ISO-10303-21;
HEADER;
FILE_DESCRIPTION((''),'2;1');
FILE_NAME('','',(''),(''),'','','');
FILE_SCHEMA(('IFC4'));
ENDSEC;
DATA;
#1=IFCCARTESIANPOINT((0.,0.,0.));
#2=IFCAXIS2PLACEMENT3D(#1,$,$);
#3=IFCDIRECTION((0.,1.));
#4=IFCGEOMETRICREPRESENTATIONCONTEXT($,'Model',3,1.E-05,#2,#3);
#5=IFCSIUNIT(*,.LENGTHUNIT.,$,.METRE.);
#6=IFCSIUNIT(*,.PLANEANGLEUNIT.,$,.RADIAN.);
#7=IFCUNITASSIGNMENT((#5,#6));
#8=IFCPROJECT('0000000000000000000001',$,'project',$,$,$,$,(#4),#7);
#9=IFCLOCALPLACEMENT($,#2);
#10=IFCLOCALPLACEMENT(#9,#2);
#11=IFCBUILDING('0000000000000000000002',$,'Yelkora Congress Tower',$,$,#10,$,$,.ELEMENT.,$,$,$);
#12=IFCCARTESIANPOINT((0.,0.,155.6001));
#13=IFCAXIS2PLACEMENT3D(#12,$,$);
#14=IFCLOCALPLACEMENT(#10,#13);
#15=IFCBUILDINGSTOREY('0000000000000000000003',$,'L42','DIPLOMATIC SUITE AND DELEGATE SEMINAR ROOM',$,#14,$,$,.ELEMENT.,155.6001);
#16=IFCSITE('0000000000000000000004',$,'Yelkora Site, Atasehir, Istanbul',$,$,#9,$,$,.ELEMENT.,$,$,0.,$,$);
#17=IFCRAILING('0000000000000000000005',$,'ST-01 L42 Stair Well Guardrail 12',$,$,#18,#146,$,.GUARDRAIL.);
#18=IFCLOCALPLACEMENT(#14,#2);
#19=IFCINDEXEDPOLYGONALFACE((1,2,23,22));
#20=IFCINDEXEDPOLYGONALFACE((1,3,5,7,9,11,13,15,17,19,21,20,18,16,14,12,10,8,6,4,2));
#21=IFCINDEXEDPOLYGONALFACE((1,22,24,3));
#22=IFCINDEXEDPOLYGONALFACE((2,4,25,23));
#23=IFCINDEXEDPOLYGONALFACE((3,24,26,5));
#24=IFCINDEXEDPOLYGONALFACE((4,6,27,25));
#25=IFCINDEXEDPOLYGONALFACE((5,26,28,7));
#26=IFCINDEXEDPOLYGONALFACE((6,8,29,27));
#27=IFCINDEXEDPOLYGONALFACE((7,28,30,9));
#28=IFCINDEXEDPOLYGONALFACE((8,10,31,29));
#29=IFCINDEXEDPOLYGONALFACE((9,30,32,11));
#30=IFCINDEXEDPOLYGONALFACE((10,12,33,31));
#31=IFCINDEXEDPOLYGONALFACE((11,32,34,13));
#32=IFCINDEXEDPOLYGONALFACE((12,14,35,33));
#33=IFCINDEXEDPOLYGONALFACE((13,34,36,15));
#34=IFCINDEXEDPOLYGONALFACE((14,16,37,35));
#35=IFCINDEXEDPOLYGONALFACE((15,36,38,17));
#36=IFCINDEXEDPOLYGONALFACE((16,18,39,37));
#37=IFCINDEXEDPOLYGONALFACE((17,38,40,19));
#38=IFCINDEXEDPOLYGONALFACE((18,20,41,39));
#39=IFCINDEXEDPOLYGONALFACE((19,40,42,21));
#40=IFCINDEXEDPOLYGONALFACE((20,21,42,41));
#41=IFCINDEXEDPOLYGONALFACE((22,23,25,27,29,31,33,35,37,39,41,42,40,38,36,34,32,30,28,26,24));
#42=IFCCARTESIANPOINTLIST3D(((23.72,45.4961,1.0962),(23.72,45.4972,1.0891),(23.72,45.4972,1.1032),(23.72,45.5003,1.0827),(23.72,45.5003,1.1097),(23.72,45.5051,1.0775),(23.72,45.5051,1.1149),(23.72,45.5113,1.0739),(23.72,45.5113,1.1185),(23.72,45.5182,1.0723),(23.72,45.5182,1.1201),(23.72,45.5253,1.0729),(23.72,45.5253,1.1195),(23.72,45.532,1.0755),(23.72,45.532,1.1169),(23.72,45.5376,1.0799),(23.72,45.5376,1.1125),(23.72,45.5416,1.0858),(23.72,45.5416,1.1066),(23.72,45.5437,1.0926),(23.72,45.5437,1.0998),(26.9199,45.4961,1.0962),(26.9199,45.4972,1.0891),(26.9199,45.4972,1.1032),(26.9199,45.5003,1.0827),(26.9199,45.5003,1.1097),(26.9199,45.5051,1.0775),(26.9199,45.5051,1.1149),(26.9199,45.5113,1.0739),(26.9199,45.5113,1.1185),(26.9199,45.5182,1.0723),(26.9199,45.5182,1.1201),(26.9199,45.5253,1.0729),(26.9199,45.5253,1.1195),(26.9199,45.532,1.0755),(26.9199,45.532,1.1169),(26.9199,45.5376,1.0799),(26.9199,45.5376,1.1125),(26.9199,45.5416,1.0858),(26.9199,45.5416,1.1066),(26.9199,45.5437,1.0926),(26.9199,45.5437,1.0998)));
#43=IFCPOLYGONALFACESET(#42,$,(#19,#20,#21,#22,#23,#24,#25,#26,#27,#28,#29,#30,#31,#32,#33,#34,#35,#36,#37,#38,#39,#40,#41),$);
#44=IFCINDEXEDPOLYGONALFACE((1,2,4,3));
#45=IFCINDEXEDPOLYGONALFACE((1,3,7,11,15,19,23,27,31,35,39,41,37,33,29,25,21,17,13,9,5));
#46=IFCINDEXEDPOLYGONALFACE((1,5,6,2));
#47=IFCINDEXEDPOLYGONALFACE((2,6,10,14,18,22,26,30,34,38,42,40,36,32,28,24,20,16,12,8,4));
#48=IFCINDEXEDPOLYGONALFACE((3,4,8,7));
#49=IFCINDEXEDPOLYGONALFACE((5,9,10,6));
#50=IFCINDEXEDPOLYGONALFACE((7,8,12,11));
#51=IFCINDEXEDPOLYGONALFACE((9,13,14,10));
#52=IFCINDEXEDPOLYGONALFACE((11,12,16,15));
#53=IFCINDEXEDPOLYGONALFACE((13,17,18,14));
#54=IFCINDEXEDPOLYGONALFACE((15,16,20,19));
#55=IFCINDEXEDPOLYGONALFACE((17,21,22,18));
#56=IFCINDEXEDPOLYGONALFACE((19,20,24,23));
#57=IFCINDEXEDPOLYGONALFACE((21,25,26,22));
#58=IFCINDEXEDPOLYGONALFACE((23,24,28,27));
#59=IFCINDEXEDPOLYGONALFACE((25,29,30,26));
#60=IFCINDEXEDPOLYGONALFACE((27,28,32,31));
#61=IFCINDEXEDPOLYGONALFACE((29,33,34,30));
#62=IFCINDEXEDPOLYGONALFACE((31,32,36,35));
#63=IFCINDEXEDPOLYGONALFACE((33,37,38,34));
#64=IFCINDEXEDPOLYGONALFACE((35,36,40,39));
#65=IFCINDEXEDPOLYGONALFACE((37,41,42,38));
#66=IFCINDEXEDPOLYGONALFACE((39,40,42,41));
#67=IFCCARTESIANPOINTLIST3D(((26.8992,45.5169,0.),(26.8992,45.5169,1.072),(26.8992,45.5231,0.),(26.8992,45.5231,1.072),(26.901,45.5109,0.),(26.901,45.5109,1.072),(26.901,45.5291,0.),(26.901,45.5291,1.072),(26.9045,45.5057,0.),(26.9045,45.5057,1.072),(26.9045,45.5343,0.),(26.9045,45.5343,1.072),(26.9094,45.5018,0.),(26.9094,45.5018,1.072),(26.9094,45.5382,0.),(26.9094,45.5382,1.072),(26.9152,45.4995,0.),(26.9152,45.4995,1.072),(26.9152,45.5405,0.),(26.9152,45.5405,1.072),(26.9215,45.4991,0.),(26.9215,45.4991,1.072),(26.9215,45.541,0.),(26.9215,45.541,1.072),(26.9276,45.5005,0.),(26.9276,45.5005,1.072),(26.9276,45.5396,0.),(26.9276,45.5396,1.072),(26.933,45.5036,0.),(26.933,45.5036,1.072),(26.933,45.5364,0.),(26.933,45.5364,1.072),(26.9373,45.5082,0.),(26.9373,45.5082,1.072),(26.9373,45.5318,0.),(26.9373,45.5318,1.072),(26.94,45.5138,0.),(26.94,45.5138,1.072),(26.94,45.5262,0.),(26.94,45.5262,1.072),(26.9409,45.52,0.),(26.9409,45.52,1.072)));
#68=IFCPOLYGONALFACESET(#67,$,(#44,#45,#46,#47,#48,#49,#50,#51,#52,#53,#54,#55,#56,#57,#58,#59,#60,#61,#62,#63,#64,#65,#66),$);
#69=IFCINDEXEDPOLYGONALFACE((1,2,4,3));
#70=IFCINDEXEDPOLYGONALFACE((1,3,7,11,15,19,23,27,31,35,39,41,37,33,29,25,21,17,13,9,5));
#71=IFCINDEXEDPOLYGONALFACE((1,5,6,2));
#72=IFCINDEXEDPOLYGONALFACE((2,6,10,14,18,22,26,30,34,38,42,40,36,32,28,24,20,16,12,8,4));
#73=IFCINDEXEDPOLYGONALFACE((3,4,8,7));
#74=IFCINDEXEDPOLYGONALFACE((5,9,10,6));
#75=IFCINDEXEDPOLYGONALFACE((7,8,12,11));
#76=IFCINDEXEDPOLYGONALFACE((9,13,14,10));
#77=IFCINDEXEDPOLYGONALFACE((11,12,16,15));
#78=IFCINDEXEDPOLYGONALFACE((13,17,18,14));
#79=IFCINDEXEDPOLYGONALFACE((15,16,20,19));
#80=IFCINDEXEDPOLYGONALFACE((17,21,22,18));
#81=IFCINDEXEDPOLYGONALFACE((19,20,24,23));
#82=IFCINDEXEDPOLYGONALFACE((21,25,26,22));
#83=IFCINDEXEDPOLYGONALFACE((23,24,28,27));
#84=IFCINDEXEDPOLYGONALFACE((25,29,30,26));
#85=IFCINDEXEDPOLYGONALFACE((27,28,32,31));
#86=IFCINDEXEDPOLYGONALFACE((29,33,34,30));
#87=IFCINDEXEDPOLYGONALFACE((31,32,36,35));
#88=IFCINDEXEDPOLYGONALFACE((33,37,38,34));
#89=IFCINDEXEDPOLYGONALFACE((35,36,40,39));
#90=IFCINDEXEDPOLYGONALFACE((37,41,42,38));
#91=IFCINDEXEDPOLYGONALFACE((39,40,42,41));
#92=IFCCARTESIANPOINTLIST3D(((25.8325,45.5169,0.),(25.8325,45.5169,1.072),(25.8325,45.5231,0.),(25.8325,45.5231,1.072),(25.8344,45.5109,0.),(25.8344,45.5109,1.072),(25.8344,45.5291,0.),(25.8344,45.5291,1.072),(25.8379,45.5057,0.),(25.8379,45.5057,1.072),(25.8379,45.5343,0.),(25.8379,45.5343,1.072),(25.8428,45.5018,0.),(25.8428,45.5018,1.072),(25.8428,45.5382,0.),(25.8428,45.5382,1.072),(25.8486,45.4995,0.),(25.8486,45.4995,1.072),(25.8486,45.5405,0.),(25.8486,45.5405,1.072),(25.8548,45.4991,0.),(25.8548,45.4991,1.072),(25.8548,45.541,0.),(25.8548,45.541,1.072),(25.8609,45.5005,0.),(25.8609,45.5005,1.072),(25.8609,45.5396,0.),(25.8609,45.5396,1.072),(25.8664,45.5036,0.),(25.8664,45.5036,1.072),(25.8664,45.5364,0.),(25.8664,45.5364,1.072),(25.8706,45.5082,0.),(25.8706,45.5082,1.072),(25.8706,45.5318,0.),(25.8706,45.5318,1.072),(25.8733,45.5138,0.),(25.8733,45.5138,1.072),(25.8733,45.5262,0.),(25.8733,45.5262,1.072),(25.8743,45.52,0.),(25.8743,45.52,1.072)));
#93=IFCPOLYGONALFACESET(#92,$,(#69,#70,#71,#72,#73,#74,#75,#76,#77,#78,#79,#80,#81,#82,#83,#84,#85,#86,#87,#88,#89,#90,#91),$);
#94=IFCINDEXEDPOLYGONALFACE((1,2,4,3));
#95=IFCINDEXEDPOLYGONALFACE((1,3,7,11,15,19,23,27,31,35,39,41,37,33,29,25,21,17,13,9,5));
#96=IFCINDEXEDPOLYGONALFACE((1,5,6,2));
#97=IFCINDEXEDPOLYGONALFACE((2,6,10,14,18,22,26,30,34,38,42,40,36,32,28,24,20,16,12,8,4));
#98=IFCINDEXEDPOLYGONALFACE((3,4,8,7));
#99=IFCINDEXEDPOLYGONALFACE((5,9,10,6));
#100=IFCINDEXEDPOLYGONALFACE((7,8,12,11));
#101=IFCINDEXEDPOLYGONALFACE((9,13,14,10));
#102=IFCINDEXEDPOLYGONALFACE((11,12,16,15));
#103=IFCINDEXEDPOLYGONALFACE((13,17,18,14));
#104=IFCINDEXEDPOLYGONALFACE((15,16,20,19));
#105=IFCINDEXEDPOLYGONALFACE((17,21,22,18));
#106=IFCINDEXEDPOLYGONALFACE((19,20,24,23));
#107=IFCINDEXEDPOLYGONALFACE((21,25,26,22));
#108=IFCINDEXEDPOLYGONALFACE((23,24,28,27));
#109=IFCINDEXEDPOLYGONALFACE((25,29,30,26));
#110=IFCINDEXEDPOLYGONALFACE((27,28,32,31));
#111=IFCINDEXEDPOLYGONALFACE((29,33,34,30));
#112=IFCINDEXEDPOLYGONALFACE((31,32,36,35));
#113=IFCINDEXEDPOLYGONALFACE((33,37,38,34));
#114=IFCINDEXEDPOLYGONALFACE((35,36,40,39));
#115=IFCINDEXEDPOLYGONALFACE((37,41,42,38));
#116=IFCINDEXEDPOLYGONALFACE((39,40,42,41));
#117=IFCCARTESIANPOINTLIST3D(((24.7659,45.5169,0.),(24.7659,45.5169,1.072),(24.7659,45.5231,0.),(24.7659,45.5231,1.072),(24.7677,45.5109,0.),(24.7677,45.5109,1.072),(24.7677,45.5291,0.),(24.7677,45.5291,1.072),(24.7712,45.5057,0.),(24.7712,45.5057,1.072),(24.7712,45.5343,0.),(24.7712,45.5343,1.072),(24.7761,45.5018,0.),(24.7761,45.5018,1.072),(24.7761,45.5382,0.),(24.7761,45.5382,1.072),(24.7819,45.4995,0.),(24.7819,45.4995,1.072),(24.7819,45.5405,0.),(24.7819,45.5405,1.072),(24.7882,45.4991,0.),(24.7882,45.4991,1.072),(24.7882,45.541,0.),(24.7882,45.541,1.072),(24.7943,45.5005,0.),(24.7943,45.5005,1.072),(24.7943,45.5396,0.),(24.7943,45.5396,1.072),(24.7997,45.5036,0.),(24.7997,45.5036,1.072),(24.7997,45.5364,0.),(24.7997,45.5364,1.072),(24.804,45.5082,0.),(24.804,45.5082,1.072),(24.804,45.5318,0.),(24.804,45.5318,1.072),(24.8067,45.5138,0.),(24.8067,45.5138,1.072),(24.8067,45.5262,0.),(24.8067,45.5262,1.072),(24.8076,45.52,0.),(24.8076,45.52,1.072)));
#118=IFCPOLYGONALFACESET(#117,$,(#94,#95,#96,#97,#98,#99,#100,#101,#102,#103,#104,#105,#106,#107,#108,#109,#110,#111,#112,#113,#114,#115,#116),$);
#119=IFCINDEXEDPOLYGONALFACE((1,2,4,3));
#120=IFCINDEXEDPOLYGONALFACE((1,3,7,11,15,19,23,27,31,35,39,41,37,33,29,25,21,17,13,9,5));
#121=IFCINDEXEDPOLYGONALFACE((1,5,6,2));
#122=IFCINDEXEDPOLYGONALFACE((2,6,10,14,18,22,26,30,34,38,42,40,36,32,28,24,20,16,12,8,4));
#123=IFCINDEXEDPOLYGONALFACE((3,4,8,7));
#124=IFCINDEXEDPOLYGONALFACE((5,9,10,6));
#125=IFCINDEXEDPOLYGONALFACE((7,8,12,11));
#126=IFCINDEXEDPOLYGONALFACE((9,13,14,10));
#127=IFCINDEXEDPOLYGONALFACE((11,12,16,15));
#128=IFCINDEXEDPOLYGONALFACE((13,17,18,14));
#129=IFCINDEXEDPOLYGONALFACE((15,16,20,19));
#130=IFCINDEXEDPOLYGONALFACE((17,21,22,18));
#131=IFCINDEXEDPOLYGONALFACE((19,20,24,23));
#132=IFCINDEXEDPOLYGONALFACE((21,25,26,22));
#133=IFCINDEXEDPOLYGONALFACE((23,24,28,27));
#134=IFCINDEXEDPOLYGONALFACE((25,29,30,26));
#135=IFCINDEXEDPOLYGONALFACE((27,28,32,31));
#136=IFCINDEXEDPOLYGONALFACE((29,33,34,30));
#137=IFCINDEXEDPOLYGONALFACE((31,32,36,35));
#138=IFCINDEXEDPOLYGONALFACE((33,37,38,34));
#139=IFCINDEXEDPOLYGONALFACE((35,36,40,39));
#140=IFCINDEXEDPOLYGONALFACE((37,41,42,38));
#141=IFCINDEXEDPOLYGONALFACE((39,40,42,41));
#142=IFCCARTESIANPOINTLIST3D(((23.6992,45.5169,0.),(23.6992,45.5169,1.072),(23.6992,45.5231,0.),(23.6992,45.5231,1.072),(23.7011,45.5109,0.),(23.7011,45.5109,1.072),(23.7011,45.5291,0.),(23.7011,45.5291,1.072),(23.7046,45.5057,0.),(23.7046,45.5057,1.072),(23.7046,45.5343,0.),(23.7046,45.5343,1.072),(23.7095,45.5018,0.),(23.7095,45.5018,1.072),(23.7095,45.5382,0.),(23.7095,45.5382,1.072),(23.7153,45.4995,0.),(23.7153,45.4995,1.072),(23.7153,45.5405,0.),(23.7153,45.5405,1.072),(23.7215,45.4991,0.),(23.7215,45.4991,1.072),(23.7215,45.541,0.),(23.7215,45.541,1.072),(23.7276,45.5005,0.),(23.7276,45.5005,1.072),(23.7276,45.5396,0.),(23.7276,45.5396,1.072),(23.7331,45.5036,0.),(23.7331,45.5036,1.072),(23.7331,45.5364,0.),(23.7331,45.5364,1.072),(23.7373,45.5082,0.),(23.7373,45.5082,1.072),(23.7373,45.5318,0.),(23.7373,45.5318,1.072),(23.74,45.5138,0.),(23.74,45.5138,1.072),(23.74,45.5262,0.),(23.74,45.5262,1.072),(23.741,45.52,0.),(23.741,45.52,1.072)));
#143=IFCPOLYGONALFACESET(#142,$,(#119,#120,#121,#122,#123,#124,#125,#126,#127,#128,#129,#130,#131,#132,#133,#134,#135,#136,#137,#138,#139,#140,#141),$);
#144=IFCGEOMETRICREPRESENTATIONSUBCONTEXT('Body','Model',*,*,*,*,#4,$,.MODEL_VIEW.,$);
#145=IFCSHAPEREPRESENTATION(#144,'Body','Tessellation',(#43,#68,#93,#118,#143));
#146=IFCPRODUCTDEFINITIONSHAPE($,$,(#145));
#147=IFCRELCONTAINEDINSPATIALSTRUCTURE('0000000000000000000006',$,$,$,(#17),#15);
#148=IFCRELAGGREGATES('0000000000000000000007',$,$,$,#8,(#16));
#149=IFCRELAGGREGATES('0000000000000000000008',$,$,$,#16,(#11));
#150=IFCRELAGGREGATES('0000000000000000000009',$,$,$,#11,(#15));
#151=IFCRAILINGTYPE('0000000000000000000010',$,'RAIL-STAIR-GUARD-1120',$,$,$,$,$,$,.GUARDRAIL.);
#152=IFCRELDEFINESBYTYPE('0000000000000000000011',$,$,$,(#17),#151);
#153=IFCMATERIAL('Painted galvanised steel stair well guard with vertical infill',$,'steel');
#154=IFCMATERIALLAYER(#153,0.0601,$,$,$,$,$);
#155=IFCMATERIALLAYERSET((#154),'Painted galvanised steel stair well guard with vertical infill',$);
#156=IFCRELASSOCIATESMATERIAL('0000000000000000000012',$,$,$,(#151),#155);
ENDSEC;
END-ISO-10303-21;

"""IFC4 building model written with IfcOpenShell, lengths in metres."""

from ifc_helpers import new_model, si_unit, direction, frame, origin, origin_2d, place, context, subcontext, project, spatial, circle, extrude, material, layer, layer_set, type_object, element, save


model = new_model("IFC4")

# Units and contexts
model_context = context("Model", 3, precision=1e-05, world=origin(), true_north=direction((0.0, 1.0)))
body_context = subcontext(model_context, "Body", "Model", "MODEL_VIEW")
ifc_project = project(units=[si_unit("LENGTHUNIT", "METRE"), si_unit("PLANEANGLEUNIT", "RADIAN")], contexts=[model_context])

# Site, building, storey
site_placement = place(None, origin())
site = spatial("IfcSite", under=ifc_project, at=site_placement, Name="Yelkora Site, Atasehir, Istanbul", CompositionType="ELEMENT", RefElevation=0.0)
building_placement = place(site_placement, origin())
building = spatial("IfcBuilding", under=site, at=building_placement, Name="Yelkora Congress Tower", CompositionType="ELEMENT")
storey_placement = place(building_placement, frame((0.0, 0.0, 155.6001)))
storey = spatial("IfcBuildingStorey", under=building, at=storey_placement, Name="L42", Description="DIPLOMATIC SUITE AND DELEGATE SEMINAR ROOM", CompositionType="ELEMENT", Elevation=155.6001)

# Railing
ifc_material_1 = material(Name="Painted galvanised steel stair well guard with vertical infill", Category="steel")
ifc_layer_1 = layer(ifc_material_1, 0.0601)
ifc_layer_set_1 = layer_set([ifc_layer_1], Name="Painted galvanised steel stair well guard with vertical infill")
railing_type_1 = type_object("IfcRailingType", Name="RAIL-STAIR-GUARD-1120", PredefinedType="GUARDRAIL", material=ifc_layer_set_1)
railing_1_placement = place(storey_placement, frame((26.9199, 45.52, 0.0)))
element("IfcRailing", 1, at=railing_1_placement, inside=storey, type_object=railing_type_1, Name="ST-01 L42 Stair Well Guardrail 12", PredefinedType="GUARDRAIL", context=body_context, shape_type="SweptSolid", body=[
    extrude(circle(Radius=0.0239, at=origin_2d()), frame((0.0, 0.0, 1.0962), z_axis=(-1.0, 0.0, 0.0), x_axis=(0.0, -1.0, 0.0)), (0.0, 0.0, 1.0), 3.2),
    extrude(circle(Radius=0.021, at=origin_2d()), origin(), (0.0, 0.0, 1.0), 1.072),
    extrude(circle(Radius=0.021, at=origin_2d()), frame((-1.0667, 0.0, 0.0)), (0.0, 0.0, 1.0), 1.072),
    extrude(circle(Radius=0.021, at=origin_2d()), frame((-2.1333, 0.0, 0.0)), (0.0, 0.0, 1.0), 1.072),
    extrude(circle(Radius=0.021, at=origin_2d()), frame((-3.2, 0.0, 0.0)), (0.0, 0.0, 1.0), 1.072),
])

save(model, "model.ifc")
